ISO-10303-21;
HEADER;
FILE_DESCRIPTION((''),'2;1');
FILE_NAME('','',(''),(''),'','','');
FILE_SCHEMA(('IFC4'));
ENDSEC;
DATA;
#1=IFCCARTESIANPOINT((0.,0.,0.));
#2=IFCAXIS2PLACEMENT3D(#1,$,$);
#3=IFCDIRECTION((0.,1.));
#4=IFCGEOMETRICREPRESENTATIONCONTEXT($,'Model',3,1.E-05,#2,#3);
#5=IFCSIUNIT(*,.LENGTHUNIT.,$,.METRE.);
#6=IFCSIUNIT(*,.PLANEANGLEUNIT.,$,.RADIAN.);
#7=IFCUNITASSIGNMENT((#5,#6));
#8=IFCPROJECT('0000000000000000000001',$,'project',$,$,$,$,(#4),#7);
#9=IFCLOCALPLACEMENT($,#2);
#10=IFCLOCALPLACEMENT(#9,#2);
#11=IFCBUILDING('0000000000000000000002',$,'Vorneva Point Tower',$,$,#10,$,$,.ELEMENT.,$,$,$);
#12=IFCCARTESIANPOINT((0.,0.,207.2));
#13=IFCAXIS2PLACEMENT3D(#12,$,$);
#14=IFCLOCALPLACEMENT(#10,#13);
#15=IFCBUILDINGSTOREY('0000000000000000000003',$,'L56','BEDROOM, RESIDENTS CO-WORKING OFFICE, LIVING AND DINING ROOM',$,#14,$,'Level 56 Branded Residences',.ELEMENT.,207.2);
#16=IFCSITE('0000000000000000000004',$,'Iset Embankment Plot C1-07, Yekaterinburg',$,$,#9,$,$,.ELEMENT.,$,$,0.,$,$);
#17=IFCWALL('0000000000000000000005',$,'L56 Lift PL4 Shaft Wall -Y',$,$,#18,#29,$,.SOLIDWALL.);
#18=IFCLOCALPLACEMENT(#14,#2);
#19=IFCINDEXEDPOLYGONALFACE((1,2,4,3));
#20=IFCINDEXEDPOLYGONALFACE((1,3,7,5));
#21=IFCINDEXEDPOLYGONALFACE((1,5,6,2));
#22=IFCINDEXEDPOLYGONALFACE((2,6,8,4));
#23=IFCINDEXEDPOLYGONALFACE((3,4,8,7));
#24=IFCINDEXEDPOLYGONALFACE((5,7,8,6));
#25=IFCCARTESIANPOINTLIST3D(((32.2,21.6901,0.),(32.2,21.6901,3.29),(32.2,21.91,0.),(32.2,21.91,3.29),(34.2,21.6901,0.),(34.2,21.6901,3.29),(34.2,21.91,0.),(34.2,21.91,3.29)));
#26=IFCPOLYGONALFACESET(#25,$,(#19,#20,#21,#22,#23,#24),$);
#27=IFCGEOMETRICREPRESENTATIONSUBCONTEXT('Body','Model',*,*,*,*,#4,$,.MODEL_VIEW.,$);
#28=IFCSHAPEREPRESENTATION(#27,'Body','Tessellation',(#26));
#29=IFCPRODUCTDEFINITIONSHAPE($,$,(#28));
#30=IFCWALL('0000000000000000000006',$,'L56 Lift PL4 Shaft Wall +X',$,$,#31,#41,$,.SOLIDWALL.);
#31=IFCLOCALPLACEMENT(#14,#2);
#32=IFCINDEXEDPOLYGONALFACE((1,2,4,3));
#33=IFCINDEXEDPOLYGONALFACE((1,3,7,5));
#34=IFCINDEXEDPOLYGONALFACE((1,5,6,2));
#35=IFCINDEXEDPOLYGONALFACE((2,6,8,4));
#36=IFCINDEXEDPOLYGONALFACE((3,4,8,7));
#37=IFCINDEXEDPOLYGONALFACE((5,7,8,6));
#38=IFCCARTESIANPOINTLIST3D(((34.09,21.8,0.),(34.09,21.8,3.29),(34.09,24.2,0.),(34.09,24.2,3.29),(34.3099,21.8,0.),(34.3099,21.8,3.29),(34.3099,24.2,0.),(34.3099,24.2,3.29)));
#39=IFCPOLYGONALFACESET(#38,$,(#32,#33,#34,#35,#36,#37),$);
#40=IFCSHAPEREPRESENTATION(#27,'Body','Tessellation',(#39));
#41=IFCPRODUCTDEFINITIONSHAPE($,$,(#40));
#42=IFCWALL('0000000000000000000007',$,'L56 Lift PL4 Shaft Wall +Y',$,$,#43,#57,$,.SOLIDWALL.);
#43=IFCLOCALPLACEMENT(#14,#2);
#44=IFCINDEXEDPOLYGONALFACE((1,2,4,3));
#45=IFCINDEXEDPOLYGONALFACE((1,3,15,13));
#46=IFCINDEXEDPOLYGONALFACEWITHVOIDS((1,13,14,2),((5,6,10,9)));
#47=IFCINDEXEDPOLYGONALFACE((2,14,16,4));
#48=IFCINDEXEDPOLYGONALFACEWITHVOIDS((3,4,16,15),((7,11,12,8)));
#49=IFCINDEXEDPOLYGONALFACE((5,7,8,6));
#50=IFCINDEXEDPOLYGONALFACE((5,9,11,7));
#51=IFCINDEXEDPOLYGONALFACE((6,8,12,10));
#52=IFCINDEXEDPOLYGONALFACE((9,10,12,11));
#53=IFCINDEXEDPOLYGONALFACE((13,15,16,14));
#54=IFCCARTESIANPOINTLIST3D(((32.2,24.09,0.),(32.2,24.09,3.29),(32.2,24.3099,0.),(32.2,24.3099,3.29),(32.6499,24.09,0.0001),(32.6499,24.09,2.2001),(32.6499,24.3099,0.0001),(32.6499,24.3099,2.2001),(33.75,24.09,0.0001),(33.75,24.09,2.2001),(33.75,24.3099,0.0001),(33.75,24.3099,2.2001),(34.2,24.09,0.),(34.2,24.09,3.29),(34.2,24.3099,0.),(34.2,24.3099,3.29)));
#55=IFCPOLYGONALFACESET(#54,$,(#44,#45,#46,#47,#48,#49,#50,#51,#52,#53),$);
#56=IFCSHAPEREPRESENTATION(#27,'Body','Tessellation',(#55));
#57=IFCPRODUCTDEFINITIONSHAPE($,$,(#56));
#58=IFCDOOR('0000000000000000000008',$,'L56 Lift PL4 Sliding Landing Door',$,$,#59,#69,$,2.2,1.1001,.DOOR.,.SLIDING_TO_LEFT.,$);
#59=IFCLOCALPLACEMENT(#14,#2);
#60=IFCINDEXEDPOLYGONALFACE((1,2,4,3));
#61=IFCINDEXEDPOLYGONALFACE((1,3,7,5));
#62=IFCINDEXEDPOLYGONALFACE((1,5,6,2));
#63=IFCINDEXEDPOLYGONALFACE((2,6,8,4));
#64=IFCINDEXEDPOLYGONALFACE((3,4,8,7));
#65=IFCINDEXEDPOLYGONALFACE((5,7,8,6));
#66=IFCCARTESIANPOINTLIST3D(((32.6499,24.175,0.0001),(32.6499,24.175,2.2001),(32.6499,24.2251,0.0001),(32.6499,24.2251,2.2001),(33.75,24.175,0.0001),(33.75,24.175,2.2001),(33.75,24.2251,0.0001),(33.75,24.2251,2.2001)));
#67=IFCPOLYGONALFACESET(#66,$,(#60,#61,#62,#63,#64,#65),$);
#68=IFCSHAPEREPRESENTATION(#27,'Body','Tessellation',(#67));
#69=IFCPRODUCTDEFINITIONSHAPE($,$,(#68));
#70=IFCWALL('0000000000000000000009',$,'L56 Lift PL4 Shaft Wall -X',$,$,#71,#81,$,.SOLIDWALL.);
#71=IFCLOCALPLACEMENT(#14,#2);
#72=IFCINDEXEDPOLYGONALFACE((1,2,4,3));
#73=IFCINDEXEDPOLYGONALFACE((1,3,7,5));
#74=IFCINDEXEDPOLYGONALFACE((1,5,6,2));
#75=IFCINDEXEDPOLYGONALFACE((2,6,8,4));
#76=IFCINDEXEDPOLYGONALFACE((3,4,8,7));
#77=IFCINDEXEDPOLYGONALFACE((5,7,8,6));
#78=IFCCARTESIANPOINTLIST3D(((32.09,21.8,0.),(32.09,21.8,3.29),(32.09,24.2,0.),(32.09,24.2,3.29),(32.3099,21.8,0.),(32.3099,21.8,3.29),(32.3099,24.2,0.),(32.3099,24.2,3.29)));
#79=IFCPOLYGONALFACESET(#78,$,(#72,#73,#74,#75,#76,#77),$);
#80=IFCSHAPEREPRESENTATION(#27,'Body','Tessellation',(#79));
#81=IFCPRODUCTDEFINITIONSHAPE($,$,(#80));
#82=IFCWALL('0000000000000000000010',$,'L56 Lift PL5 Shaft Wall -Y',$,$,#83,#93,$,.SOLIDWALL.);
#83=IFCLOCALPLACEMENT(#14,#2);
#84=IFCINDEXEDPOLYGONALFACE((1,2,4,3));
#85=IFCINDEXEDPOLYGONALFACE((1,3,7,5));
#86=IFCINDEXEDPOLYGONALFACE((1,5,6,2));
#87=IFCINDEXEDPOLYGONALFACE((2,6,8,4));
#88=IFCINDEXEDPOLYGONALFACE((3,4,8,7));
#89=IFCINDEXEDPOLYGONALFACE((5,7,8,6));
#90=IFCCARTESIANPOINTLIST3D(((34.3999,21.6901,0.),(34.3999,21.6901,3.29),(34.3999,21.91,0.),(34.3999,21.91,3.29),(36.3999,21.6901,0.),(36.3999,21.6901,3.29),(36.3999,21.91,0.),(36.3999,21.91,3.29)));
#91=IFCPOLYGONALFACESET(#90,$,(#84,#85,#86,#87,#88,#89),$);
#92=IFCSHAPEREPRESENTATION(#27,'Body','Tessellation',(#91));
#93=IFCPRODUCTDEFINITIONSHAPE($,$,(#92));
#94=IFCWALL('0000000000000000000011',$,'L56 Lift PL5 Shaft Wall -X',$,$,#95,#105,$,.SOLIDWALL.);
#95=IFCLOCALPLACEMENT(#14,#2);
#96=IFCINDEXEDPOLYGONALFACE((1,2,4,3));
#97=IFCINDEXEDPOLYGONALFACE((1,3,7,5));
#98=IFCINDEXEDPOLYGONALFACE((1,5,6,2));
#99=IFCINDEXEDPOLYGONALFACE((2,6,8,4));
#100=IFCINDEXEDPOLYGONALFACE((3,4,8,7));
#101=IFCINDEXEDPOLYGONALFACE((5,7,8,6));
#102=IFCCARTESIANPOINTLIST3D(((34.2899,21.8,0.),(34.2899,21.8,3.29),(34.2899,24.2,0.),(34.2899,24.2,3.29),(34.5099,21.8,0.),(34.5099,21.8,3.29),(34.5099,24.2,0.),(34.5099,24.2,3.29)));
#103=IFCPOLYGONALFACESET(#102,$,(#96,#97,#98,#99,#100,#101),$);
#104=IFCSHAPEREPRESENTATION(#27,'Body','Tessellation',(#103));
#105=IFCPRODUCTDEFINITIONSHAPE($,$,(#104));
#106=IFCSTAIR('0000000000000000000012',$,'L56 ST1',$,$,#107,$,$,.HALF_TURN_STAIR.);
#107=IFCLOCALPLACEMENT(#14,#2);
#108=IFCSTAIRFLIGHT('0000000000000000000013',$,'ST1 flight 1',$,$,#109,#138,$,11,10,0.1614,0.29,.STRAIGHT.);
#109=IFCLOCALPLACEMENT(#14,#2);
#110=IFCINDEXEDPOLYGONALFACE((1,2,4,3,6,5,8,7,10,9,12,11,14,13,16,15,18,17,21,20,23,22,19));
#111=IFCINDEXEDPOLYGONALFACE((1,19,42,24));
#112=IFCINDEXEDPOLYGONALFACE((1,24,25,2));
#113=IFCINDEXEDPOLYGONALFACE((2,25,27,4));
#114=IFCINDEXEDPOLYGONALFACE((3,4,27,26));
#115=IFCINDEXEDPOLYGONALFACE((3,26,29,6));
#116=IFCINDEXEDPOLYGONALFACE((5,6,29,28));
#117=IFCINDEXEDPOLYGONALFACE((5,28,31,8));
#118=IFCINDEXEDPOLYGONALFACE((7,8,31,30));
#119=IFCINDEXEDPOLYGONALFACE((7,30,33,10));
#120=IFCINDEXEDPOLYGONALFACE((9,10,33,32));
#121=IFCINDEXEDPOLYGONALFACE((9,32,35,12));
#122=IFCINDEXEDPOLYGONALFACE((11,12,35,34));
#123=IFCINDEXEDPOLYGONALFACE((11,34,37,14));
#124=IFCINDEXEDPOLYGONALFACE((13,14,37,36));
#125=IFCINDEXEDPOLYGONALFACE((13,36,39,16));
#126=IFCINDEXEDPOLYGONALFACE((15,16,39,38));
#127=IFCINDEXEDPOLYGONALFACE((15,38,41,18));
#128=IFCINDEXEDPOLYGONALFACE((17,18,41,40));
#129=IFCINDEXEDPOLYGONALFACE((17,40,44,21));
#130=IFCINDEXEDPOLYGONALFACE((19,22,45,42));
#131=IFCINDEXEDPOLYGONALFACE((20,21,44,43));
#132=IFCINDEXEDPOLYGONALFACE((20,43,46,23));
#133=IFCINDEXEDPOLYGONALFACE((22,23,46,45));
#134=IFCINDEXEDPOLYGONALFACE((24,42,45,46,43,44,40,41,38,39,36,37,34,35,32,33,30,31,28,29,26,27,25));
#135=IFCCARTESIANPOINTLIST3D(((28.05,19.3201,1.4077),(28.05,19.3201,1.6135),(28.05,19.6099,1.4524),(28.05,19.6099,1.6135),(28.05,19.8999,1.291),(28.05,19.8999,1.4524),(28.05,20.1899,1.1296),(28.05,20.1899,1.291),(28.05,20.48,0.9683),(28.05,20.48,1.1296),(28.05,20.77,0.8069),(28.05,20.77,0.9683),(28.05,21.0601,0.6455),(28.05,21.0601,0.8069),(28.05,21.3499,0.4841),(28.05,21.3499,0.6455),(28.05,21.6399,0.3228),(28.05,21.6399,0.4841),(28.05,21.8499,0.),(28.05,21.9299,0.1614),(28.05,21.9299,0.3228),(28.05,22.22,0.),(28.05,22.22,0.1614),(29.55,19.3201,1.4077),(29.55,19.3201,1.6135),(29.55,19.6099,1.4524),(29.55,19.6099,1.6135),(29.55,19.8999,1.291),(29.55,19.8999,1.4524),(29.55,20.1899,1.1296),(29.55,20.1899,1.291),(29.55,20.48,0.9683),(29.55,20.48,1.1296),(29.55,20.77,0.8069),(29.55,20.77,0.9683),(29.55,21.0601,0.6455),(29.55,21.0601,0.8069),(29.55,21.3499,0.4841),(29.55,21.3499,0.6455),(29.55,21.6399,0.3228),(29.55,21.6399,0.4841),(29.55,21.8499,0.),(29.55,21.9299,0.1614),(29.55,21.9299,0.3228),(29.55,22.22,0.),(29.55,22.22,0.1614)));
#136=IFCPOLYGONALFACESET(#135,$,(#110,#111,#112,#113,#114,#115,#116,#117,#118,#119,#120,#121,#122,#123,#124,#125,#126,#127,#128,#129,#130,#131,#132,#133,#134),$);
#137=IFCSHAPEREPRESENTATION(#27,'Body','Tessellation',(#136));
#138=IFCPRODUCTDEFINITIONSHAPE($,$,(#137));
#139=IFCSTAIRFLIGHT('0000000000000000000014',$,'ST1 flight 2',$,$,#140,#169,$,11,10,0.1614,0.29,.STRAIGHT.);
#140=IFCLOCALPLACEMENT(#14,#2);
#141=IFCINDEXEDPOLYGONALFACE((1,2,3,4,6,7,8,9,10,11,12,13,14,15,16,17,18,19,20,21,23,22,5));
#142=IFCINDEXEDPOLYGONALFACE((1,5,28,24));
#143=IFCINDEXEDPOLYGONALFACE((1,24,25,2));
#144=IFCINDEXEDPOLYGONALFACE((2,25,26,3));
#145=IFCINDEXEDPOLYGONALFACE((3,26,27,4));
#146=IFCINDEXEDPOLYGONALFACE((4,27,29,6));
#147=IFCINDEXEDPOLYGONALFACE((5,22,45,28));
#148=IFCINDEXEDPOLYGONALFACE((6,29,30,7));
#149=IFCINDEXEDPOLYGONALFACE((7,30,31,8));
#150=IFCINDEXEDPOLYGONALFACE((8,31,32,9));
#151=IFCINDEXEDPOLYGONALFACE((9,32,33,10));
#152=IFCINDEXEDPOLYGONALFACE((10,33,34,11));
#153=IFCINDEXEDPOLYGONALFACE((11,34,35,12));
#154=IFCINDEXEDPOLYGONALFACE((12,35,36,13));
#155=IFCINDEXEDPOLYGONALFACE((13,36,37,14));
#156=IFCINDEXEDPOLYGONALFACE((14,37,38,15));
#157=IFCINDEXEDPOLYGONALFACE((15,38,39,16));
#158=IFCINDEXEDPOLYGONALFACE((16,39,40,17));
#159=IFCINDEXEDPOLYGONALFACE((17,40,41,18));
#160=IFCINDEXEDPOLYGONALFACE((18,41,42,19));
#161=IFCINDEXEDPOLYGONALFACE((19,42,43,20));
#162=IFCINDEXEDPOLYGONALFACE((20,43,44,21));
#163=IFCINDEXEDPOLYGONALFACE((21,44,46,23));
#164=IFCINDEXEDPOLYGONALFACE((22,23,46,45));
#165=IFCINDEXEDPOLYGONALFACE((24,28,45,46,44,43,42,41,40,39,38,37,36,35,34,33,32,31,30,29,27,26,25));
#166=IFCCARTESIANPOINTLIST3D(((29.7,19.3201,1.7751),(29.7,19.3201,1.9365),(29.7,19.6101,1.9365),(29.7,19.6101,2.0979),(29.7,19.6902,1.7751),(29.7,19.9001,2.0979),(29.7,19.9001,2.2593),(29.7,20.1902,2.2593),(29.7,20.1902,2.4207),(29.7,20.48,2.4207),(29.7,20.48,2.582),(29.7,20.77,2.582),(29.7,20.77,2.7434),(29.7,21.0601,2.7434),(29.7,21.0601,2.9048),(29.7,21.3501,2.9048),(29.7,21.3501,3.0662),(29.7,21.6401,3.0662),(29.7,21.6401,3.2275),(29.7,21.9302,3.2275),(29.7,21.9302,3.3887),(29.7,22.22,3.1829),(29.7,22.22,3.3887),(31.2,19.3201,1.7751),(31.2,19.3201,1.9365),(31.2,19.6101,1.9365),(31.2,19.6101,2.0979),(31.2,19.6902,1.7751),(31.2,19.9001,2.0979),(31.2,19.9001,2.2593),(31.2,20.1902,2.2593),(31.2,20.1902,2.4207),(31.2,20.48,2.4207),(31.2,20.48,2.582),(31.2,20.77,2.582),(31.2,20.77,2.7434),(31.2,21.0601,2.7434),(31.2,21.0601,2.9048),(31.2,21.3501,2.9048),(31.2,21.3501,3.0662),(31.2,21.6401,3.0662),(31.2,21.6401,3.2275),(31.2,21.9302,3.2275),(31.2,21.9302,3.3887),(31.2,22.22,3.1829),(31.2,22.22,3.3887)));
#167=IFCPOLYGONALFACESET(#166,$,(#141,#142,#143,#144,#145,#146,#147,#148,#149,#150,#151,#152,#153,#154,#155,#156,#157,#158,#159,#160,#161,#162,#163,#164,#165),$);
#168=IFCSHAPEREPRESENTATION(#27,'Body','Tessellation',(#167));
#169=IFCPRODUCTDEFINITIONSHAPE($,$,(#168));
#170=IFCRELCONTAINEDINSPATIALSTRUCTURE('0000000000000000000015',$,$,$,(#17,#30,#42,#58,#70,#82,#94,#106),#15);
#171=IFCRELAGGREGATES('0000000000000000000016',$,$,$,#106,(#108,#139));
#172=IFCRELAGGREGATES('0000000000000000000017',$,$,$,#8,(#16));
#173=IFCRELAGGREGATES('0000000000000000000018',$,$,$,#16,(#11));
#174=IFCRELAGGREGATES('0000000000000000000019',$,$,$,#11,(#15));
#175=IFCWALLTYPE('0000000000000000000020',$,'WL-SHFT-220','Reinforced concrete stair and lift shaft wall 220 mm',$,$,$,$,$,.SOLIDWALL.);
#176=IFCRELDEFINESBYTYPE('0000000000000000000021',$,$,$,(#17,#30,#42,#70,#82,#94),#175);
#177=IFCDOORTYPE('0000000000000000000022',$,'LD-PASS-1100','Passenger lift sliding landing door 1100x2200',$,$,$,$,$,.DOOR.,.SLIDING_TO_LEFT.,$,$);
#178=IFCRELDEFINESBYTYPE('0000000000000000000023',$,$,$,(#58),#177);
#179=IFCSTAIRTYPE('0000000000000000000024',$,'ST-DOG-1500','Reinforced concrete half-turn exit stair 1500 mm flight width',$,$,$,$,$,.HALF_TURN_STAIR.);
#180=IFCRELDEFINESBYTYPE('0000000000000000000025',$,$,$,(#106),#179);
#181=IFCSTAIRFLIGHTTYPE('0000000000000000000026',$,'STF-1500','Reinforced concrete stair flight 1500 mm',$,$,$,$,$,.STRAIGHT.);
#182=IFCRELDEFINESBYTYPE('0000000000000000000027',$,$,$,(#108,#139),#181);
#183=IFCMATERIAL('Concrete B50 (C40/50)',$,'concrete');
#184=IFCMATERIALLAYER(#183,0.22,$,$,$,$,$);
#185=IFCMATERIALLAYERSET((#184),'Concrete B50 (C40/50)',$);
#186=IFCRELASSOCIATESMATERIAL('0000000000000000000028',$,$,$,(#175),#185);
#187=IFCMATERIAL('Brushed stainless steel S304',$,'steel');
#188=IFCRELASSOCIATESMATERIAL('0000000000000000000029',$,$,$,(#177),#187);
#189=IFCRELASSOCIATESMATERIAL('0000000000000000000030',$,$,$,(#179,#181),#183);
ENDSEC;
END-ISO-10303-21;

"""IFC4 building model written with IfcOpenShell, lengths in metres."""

from ifc_helpers import new_model, si_unit, direction, frame, frame_2d, origin, place, context, subcontext, project, spatial, polyline, rectangle, outline, extrude, material, layer, layer_set, type_object, element, fill, aggregate, save


model = new_model("IFC4")

# Units and contexts
model_context = context("Model", 3, precision=1e-05, world=origin(), true_north=direction((0.0, 1.0)))
body_context = subcontext(model_context, "Body", "Model", "MODEL_VIEW")
ifc_project = project(units=[si_unit("LENGTHUNIT", "METRE"), si_unit("PLANEANGLEUNIT", "RADIAN")], contexts=[model_context])

# Site, building, storey
site_placement = place(None, origin())
site = spatial("IfcSite", under=ifc_project, at=site_placement, Name="Iset Embankment Plot C1-07, Yekaterinburg", CompositionType="ELEMENT", RefElevation=0.0)
building_placement = place(site_placement, origin())
building = spatial("IfcBuilding", under=site, at=building_placement, Name="Vorneva Point Tower", CompositionType="ELEMENT")
storey_placement = place(building_placement, frame((0.0, 0.0, 207.2)))
storey = spatial("IfcBuildingStorey", under=building, at=storey_placement, Name="L56", Description="BEDROOM, RESIDENTS CO-WORKING OFFICE, LIVING AND DINING ROOM", LongName="Level 56 Branded Residences", CompositionType="ELEMENT", Elevation=207.2)

# Shared definitions
ifc_material_1 = material(Name="Concrete B50 (C40/50)", Category="concrete")

# Shared definitions
ifc_layer_1 = layer(ifc_material_1, 0.22)
ifc_layer_set_1 = layer_set([ifc_layer_1], Name="Concrete B50 (C40/50)")
wall_type_1 = type_object("IfcWallType", Name="WL-SHFT-220", Description="Reinforced concrete stair and lift shaft wall 220 mm", PredefinedType="SOLIDWALL", material=ifc_layer_set_1)

# Walls
wall_1_placement = place(storey_placement, frame((32.2, 21.8, 0.0), z_axis=(0.0, 0.0, 1.0), x_axis=(1.0, 0.0, 0.0)))
element("IfcWall", 1, at=wall_1_placement, inside=storey, type_object=wall_type_1, Name="L56 Lift PL4 Shaft Wall -Y", PredefinedType="SOLIDWALL", context=body_context, shape_type="SweptSolid", body=[
    extrude(rectangle(XDim=2.0, YDim=0.22, at=frame_2d((1.0, 0.0))), origin(), (0.0, 0.0, 1.0), 3.29),
])
wall_2_placement = place(storey_placement, frame((34.2, 21.8, 0.0), z_axis=(0.0, 0.0, 1.0), x_axis=(0.0, 1.0, 0.0)))
element("IfcWall", 2, at=wall_2_placement, inside=storey, type_object=wall_type_1, Name="L56 Lift PL4 Shaft Wall +X", PredefinedType="SOLIDWALL", context=body_context, shape_type="SweptSolid", body=[
    extrude(rectangle(XDim=2.3999, YDim=0.22, at=frame_2d((1.2, 0.0))), origin(), (0.0, 0.0, 1.0), 3.29),
])

# Wall, opening, door
wall_3_placement = place(storey_placement, frame((34.2, 24.2, 0.0), z_axis=(0.0, 0.0, 1.0), x_axis=(-1.0, 0.0, 0.0)))
wall_3 = element("IfcWall", 3, at=wall_3_placement, inside=storey, type_object=wall_type_1, Name="L56 Lift PL4 Shaft Wall +Y", PredefinedType="SOLIDWALL", context=body_context, shape_type="SweptSolid", body=[
    extrude(rectangle(XDim=2.0, YDim=0.22, at=frame_2d((1.0, 0.0))), origin(), (0.0, 0.0, 1.0), 3.29),
])
opening_1_placement = place(wall_3_placement, frame((0.45, 0.0, 0.0)))
opening_1 = element("IfcOpeningElement", 4, at=opening_1_placement, cuts=wall_3, PredefinedType="OPENING", context=body_context, shape_type="SweptSolid", body=[
    extrude(rectangle(XDim=1.1001, YDim=2.2, at=frame_2d((0.55, 1.1001))), frame((0.0, 0.125, 0.0), z_axis=(0.0, -1.0, 0.0), x_axis=(1.0, 0.0, 0.0)), (0.0, 0.0, 1.0), 0.2498),
])
ifc_material_2 = material(Name="Brushed stainless steel S304", Category="steel")
door_type_1 = type_object("IfcDoorType", Name="LD-PASS-1100", Description="Passenger lift sliding landing door 1100x2200", OperationType="SLIDING_TO_LEFT", PredefinedType="DOOR", material=ifc_material_2)
door_1_placement = place(opening_1_placement, origin())
door_1 = element("IfcDoor", 5, at=door_1_placement, inside=storey, type_object=door_type_1, Name="L56 Lift PL4 Sliding Landing Door", OperationType="SLIDING_TO_LEFT", OverallHeight=2.2, OverallWidth=1.1001, PredefinedType="DOOR", context=body_context, shape_type="SweptSolid", body=[
    extrude(rectangle(XDim=1.1001, YDim=2.2, at=frame_2d((0.55, 1.1001))), frame((0.0, 0.0249, 0.0), z_axis=(0.0, -1.0, 0.0), x_axis=(1.0, 0.0, 0.0)), (0.0, 0.0, 1.0), 0.05),
])
fill(opening_1, door_1)

# Walls
wall_4_placement = place(storey_placement, frame((32.2, 24.2, 0.0), z_axis=(0.0, 0.0, 1.0), x_axis=(0.0, -1.0, 0.0)))
element("IfcWall", 6, at=wall_4_placement, inside=storey, type_object=wall_type_1, Name="L56 Lift PL4 Shaft Wall -X", PredefinedType="SOLIDWALL", context=body_context, shape_type="SweptSolid", body=[
    extrude(rectangle(XDim=2.3999, YDim=0.22, at=frame_2d((1.2, 0.0))), origin(), (0.0, 0.0, 1.0), 3.29),
])
wall_5_placement = place(storey_placement, frame((34.3999, 21.8, 0.0), z_axis=(0.0, 0.0, 1.0), x_axis=(1.0, 0.0, 0.0)))
element("IfcWall", 7, at=wall_5_placement, inside=storey, type_object=wall_type_1, Name="L56 Lift PL5 Shaft Wall -Y", PredefinedType="SOLIDWALL", context=body_context, shape_type="SweptSolid", body=[
    extrude(rectangle(XDim=2.0, YDim=0.22, at=frame_2d((1.0, 0.0))), origin(), (0.0, 0.0, 1.0), 3.29),
])
wall_6_placement = place(storey_placement, frame((34.3999, 24.2, 0.0), z_axis=(0.0, 0.0, 1.0), x_axis=(0.0, -1.0, 0.0)))
element("IfcWall", 8, at=wall_6_placement, inside=storey, type_object=wall_type_1, Name="L56 Lift PL5 Shaft Wall -X", PredefinedType="SOLIDWALL", context=body_context, shape_type="SweptSolid", body=[
    extrude(rectangle(XDim=2.3999, YDim=0.22, at=frame_2d((1.2, 0.0))), origin(), (0.0, 0.0, 1.0), 3.29),
])

# Stair, stair flights
stair_type = type_object("IfcStairType", Name="ST-DOG-1500", Description="Reinforced concrete half-turn exit stair 1500 mm flight width", PredefinedType="HALF_TURN_STAIR", material=ifc_material_1)
stair_placement = place(storey_placement, origin())
stair = element("IfcStair", 9, at=stair_placement, inside=storey, type_object=stair_type, Name="L56 ST1", PredefinedType="HALF_TURN_STAIR")
stair_flight_type = type_object("IfcStairFlightType", Name="STF-1500", Description="Reinforced concrete stair flight 1500 mm", PredefinedType="STRAIGHT", material=ifc_material_1)
stair_flight_1_placement = place(storey_placement, frame((28.8, 22.22, 0.0), z_axis=(0.0, 0.0, 1.0), x_axis=(0.0, -1.0, 0.0)))
stair_flight_1 = element("IfcStairFlight", 10, at=stair_flight_1_placement, type_object=stair_flight_type, Name="ST1 flight 1", NumberOfRisers=11, NumberOfTreads=10, PredefinedType="STRAIGHT", RiserHeight=0.1614, TreadLength=0.29, context=body_context, shape_type="SweptSolid", body=[
    extrude(outline(polyline([(0.0, 0.0), (0.0, 0.1614), (0.29, 0.1614), (0.29, 0.3228), (0.5801, 0.3228), (0.5801, 0.4841), (0.8701, 0.4841), (0.8701, 0.6455), (1.1599, 0.6455), (1.1599, 0.8069), (1.45, 0.8069), (1.45, 0.9683), (1.74, 0.9683), (1.74, 1.1296), (2.03, 1.1296), (2.03, 1.291), (2.3201, 1.291), (2.3201, 1.4524), (2.6101, 1.4524), (2.6101, 1.6135), (2.8999, 1.6135), (2.8999, 1.7749), (2.8999, 1.4077), (0.3701, 0.0), (0.0, 0.0)])), frame((0.0, 0.75, 0.0), z_axis=(0.0, -1.0, 0.0), x_axis=(1.0, 0.0, 0.0)), (0.0, 0.0, 1.0), 1.5),
])
stair_flight_2_placement = place(storey_placement, frame((30.45, 19.3201, 1.7751), z_axis=(0.0, 0.0, 1.0), x_axis=(0.0, 1.0, 0.0)))
stair_flight_2 = element("IfcStairFlight", 11, at=stair_flight_2_placement, type_object=stair_flight_type, Name="ST1 flight 2", NumberOfRisers=11, NumberOfTreads=10, PredefinedType="STRAIGHT", RiserHeight=0.1614, TreadLength=0.29, context=body_context, shape_type="SweptSolid", body=[
    extrude(outline(polyline([(0.0, 0.0), (0.0, 0.1614), (0.29, 0.1614), (0.29, 0.3228), (0.5801, 0.3228), (0.5801, 0.4841), (0.8701, 0.4841), (0.8701, 0.6455), (1.1599, 0.6455), (1.1599, 0.8069), (1.45, 0.8069), (1.45, 0.9683), (1.74, 0.9683), (1.74, 1.1296), (2.03, 1.1296), (2.03, 1.291), (2.3201, 1.291), (2.3201, 1.4524), (2.6101, 1.4524), (2.6101, 1.6135), (2.8999, 1.6135), (2.8999, 1.7749), (2.8999, 1.4077), (0.3701, 0.0), (0.0, 0.0)])), frame((0.0, 0.75, 0.0), z_axis=(0.0, -1.0, 0.0), x_axis=(1.0, 0.0, 0.0)), (0.0, 0.0, 1.0), 1.5),
])
aggregate(stair, [stair_flight_1, stair_flight_2])

save(model, "model.ifc")
